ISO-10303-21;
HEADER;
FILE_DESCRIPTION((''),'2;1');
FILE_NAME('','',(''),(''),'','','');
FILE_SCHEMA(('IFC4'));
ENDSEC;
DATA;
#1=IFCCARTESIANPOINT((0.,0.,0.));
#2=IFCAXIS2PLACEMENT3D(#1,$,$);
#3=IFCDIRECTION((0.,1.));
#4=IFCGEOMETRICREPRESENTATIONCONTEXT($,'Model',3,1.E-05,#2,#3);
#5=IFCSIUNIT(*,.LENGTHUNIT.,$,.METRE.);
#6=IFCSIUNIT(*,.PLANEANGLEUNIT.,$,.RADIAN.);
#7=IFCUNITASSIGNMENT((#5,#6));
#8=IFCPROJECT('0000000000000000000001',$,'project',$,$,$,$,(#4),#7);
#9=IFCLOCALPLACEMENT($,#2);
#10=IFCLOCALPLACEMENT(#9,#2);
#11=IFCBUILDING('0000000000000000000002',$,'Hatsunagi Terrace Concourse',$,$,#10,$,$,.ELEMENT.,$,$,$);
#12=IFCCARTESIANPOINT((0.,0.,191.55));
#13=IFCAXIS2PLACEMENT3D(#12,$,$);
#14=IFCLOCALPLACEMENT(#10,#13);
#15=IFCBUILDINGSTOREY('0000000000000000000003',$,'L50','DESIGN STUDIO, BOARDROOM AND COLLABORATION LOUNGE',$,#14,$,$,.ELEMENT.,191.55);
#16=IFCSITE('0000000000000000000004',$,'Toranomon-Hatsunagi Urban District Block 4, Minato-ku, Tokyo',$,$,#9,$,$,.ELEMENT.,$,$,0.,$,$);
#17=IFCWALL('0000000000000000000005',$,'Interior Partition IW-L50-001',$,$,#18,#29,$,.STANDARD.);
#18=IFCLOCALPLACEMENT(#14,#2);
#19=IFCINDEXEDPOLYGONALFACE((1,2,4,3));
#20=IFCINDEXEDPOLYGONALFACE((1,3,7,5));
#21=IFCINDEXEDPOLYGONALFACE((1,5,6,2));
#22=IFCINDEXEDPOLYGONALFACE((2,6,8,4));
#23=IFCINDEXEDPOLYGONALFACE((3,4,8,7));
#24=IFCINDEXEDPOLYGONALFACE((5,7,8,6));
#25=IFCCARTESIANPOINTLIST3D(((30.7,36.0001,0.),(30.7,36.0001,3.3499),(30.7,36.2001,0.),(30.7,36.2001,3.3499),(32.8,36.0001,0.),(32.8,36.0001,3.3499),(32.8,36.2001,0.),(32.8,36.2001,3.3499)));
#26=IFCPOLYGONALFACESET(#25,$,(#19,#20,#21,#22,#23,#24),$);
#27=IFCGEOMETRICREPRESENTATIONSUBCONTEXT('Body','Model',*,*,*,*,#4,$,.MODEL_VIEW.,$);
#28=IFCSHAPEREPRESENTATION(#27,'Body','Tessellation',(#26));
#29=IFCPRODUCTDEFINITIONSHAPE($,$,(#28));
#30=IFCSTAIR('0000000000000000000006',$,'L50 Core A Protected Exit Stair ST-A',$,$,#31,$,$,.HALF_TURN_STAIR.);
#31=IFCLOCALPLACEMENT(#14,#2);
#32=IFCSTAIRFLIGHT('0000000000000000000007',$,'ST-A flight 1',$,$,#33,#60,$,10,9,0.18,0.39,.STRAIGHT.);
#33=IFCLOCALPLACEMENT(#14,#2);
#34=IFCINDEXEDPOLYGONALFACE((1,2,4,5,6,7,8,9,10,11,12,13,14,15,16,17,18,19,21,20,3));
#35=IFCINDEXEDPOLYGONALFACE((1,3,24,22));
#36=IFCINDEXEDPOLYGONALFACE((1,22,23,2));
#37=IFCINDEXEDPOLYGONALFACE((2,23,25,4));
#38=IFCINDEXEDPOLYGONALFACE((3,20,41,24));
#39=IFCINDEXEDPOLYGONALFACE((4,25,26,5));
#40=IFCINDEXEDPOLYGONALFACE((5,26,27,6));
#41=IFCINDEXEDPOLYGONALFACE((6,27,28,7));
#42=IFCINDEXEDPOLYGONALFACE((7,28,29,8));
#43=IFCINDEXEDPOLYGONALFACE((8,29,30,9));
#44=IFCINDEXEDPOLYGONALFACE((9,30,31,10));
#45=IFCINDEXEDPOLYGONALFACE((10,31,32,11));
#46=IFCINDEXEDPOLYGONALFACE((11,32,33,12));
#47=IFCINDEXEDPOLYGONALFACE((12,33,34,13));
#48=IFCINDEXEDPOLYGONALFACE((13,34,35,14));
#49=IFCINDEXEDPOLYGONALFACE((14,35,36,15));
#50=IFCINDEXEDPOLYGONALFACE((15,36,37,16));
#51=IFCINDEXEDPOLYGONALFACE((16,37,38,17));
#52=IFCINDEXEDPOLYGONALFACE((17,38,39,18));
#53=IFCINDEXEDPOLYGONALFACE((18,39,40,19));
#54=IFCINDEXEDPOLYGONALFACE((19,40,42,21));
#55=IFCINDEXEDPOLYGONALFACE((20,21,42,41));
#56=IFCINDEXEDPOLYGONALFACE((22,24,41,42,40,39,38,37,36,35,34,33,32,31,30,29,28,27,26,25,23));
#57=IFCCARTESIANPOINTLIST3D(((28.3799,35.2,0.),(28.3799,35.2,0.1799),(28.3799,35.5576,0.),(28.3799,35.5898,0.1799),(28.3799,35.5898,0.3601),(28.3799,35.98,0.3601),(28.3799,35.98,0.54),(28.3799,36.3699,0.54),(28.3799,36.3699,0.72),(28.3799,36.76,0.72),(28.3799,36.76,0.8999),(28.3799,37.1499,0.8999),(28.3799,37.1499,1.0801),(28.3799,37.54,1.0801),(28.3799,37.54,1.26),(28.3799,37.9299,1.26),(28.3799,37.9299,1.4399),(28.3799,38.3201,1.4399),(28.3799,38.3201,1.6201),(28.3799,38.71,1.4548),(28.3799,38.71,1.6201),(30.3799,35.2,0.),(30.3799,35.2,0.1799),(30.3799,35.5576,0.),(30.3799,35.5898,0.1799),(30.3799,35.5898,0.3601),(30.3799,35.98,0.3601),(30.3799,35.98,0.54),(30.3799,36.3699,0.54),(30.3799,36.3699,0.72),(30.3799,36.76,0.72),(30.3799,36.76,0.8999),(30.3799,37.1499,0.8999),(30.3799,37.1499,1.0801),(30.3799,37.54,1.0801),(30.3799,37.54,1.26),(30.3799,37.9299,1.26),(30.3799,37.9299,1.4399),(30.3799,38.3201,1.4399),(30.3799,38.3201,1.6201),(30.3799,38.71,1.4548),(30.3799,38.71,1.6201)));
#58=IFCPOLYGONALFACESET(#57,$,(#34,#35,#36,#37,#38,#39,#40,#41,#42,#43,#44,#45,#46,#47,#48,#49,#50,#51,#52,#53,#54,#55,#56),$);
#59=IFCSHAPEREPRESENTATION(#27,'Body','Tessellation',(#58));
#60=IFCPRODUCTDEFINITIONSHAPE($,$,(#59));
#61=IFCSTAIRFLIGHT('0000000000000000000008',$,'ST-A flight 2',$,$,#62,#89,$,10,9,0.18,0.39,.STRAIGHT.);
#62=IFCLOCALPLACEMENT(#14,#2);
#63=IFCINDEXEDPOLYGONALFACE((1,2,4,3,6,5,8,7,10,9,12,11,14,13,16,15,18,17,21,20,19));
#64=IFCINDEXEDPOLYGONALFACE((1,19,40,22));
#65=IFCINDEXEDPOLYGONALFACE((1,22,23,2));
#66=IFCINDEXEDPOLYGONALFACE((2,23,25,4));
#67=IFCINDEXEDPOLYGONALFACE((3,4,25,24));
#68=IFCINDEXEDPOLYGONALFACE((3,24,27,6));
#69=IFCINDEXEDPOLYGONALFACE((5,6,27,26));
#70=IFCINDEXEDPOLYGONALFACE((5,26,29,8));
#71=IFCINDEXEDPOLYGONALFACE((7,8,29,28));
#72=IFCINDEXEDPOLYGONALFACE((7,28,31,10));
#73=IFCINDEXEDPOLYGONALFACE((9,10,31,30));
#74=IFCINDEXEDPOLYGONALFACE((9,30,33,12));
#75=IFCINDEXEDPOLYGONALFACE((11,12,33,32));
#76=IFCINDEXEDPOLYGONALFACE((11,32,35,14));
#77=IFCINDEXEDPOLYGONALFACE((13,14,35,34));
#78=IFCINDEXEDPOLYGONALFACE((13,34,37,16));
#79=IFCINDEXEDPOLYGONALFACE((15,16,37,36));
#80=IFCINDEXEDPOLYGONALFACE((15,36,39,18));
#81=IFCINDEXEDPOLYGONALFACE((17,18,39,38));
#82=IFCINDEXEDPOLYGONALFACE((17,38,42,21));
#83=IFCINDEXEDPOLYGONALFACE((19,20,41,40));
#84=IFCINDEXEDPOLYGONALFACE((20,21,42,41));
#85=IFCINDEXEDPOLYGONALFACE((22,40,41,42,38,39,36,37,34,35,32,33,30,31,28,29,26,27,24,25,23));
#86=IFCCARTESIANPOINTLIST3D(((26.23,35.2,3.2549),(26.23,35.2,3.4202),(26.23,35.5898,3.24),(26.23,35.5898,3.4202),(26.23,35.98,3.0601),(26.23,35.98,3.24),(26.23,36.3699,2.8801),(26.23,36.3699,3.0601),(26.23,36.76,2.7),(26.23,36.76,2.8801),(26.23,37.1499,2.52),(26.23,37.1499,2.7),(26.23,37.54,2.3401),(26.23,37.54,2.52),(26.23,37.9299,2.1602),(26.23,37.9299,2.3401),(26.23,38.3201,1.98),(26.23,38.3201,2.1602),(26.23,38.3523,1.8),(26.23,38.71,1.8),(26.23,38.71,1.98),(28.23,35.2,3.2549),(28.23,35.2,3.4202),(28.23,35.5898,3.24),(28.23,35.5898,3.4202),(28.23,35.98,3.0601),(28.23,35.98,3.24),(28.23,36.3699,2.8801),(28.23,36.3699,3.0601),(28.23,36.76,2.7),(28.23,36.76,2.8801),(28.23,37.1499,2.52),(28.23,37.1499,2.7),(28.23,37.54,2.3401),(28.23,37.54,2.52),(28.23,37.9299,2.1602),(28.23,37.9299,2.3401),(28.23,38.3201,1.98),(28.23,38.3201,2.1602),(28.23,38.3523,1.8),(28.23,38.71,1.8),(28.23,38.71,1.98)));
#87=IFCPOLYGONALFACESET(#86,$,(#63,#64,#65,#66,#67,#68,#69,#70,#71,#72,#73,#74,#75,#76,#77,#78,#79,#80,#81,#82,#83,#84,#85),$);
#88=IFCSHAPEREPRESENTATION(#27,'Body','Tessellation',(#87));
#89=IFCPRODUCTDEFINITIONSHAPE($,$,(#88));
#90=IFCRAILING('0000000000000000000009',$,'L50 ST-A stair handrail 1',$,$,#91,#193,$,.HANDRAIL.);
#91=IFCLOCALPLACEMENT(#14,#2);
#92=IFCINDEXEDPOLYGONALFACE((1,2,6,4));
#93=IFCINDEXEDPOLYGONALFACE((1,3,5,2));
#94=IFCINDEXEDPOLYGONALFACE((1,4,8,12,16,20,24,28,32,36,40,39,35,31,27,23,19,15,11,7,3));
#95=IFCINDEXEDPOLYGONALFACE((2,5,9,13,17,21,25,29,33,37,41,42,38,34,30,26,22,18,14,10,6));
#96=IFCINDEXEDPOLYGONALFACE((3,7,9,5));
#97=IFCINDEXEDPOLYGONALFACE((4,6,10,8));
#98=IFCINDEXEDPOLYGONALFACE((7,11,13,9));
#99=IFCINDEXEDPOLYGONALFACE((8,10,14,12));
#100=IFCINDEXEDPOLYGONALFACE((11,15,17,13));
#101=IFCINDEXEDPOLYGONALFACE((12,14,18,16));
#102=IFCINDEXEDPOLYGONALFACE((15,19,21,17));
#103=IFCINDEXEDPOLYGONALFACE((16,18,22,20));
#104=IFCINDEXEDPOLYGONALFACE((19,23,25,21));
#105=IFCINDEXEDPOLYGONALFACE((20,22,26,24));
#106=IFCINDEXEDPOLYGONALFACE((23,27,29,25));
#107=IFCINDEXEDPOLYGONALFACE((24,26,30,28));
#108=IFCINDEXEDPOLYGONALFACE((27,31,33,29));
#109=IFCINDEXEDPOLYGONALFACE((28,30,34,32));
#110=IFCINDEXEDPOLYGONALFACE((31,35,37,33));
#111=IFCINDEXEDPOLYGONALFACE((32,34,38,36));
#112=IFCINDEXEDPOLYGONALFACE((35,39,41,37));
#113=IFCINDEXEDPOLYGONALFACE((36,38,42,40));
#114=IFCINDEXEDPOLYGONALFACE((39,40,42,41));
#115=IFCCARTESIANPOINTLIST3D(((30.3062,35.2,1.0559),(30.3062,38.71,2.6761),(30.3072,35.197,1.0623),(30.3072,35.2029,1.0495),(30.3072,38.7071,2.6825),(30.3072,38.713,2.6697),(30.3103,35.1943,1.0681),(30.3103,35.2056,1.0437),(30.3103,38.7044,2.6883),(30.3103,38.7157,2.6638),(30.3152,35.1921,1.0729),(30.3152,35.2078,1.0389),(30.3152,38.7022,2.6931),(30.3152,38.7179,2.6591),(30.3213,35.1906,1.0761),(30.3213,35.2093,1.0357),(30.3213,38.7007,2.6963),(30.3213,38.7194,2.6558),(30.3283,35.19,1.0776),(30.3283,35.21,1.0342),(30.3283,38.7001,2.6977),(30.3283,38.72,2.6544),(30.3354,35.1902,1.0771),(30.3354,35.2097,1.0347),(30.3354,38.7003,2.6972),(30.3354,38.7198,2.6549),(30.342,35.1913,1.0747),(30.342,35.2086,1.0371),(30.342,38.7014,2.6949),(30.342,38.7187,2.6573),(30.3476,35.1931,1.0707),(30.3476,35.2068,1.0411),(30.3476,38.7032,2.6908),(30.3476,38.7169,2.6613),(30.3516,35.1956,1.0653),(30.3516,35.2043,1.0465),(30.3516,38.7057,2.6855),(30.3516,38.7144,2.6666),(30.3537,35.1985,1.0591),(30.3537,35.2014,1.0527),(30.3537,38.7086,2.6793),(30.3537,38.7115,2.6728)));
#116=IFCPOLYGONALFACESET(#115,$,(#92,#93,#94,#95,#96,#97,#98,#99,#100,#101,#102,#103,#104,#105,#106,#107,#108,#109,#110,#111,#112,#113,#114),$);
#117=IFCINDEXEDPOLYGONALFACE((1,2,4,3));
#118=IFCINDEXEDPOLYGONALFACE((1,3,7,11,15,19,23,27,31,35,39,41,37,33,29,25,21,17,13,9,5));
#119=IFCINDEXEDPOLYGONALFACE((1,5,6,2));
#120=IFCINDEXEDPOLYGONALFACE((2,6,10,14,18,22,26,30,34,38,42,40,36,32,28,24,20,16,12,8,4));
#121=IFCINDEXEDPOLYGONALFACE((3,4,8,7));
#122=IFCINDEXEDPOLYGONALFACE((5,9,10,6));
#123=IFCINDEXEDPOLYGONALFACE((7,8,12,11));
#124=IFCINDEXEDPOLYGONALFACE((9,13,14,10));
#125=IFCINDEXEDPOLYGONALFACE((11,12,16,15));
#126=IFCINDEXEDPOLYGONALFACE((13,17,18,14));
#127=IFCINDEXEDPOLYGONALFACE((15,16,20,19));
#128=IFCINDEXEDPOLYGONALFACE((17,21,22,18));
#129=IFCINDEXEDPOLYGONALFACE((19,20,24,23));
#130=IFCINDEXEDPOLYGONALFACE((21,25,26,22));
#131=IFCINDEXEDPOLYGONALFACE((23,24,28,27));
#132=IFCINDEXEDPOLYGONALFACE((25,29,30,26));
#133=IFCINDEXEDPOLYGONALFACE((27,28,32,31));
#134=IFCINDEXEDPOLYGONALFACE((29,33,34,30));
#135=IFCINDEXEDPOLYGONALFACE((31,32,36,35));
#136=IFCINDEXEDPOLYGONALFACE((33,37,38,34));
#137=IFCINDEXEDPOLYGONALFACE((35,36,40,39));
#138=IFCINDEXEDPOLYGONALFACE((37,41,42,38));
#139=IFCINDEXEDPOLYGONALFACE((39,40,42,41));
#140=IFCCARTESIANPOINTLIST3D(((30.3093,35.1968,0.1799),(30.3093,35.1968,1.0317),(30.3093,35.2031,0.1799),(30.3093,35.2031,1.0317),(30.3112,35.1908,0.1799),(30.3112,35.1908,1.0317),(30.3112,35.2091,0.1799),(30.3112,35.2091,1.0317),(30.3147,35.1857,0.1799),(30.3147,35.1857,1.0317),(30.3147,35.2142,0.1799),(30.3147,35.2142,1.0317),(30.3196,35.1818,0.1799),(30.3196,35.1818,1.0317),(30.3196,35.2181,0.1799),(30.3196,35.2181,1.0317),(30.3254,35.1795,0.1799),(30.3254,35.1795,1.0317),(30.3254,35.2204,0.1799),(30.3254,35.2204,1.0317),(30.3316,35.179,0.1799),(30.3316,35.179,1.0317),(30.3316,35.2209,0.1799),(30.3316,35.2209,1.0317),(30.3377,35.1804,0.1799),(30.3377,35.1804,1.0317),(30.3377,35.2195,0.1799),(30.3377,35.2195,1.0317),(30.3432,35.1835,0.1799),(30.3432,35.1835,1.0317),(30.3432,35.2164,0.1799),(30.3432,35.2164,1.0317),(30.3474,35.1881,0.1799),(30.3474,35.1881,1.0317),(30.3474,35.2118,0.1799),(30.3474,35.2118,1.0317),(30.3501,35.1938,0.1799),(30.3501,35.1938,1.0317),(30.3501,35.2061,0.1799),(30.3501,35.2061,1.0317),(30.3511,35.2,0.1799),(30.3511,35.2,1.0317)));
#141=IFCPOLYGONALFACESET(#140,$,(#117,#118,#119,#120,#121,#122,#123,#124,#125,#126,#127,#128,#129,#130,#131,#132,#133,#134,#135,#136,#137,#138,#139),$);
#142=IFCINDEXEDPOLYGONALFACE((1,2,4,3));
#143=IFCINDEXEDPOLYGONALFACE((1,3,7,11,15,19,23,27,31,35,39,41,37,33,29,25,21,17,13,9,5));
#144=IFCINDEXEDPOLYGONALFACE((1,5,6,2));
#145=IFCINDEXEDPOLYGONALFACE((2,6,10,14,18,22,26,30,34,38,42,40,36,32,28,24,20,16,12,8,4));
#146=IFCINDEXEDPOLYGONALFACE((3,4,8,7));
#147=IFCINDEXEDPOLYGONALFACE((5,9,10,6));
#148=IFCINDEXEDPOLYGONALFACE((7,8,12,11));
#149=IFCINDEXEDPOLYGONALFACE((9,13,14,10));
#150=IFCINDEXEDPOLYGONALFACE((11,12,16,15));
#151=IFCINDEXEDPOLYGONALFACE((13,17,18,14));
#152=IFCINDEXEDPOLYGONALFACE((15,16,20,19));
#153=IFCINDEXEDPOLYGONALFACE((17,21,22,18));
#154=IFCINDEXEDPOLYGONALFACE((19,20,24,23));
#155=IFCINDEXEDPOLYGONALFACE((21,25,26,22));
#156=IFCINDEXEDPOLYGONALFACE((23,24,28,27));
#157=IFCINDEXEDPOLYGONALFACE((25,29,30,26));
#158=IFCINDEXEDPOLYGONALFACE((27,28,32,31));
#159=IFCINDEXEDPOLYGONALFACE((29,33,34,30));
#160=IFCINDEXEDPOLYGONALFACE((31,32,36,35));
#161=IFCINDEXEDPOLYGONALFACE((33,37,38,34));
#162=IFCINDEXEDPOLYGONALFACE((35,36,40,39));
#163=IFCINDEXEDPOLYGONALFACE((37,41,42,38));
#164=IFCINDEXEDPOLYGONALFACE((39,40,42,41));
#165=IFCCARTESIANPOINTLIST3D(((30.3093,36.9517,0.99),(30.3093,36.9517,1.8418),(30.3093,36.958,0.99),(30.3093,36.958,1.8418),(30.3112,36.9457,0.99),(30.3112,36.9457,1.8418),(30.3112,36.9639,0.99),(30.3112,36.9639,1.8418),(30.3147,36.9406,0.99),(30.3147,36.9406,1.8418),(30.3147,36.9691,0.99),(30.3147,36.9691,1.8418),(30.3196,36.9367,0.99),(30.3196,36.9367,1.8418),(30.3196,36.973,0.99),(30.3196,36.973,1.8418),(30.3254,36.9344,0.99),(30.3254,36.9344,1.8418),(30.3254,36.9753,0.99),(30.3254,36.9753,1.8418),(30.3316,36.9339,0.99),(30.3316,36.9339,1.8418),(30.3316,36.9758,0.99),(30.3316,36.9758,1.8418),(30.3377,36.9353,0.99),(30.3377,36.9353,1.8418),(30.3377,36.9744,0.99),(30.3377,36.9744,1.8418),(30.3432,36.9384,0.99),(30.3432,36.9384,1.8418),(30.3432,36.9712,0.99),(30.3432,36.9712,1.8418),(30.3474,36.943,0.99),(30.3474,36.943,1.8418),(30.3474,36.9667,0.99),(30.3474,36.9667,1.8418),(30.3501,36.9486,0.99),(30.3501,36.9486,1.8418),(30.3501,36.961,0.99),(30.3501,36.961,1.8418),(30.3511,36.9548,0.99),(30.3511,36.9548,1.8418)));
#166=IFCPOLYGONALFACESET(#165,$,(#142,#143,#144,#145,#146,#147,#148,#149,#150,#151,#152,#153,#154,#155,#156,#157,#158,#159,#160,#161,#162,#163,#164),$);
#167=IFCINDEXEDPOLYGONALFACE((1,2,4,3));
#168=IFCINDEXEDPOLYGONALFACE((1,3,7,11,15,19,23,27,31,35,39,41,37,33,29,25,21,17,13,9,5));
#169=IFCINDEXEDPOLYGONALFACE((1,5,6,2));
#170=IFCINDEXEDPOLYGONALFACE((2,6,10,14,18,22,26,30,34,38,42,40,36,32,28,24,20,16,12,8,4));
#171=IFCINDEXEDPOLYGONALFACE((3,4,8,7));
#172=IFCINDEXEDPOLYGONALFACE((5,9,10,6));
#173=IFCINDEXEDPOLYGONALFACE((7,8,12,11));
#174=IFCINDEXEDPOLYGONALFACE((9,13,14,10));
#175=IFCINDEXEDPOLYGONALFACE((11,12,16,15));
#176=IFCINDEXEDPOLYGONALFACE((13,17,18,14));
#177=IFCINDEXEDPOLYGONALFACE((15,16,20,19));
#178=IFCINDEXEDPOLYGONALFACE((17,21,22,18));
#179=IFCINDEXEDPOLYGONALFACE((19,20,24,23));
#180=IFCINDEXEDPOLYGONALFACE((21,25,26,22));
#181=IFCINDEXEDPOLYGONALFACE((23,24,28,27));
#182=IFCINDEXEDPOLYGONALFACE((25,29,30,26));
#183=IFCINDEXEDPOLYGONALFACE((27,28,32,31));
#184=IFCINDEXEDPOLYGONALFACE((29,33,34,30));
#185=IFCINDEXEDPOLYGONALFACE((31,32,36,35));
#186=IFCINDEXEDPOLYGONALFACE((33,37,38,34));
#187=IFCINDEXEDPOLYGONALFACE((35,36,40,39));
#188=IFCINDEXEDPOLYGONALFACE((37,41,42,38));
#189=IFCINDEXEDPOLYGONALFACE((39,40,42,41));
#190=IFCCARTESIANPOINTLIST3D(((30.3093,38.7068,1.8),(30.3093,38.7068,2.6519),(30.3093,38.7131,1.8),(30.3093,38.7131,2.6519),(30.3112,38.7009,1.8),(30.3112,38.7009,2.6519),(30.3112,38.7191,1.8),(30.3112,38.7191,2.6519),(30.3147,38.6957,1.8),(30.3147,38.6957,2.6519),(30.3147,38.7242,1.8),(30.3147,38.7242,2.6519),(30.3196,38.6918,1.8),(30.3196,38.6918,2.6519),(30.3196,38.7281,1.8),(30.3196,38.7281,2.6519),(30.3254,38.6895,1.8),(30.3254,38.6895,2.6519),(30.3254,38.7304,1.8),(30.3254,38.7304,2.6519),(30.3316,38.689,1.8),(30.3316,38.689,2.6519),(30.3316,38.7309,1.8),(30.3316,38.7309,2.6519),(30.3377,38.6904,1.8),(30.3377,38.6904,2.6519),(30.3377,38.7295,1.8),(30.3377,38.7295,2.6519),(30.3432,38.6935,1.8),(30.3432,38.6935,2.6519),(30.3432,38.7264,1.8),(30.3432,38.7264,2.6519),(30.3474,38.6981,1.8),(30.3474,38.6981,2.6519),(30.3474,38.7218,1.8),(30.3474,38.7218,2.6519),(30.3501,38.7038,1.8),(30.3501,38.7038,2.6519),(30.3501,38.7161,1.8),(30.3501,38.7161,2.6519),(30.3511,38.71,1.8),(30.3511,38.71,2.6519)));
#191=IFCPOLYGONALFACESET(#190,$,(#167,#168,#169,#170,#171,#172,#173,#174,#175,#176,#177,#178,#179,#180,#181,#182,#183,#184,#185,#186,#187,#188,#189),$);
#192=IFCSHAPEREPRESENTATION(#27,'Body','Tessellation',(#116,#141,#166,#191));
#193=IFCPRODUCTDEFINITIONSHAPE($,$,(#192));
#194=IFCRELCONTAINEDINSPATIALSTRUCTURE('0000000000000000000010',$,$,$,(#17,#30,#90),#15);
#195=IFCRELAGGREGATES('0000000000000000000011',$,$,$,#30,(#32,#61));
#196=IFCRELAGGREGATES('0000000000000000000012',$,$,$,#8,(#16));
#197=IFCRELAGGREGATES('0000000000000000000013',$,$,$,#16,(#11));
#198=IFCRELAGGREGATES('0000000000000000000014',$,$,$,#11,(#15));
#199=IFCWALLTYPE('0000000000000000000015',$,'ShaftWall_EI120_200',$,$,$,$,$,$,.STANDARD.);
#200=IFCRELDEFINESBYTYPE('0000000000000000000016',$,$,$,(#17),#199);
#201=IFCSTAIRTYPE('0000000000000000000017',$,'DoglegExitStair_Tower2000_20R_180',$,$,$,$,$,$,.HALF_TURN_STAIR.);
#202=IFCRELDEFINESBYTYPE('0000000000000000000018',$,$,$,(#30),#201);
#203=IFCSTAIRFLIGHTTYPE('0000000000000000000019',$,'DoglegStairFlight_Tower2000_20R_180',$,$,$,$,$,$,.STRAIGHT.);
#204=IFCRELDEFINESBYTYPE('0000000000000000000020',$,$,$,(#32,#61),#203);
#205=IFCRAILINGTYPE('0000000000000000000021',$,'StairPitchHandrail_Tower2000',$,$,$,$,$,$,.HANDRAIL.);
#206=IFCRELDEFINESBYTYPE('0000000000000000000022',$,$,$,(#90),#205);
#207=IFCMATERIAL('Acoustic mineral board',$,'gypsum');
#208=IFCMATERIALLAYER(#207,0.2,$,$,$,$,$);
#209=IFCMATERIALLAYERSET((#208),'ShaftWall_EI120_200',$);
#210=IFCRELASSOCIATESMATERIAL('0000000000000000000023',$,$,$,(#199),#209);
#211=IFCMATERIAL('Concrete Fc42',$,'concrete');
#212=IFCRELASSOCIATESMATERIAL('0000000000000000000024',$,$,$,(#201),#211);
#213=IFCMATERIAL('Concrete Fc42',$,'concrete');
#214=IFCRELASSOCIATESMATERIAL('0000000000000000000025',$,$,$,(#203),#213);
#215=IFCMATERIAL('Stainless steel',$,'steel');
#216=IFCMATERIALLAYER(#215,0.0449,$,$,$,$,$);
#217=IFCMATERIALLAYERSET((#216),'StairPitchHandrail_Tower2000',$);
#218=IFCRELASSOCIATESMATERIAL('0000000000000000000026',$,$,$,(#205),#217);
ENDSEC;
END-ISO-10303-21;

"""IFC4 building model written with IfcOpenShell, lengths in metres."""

from ifc_helpers import new_model, si_unit, direction, frame, frame_2d, origin, origin_2d, place, context, subcontext, project, spatial, polyline, rectangle, circle, outline, extrude, material, layer, layer_set, type_object, element, aggregate, save


model = new_model("IFC4")

# Units and contexts
model_context = context("Model", 3, precision=1e-05, world=origin(), true_north=direction((0.0, 1.0)))
body_context = subcontext(model_context, "Body", "Model", "MODEL_VIEW")
ifc_project = project(units=[si_unit("LENGTHUNIT", "METRE"), si_unit("PLANEANGLEUNIT", "RADIAN")], contexts=[model_context])

# Site, building, storey
site_placement = place(None, origin())
site = spatial("IfcSite", under=ifc_project, at=site_placement, Name="Toranomon-Hatsunagi Urban District Block 4, Minato-ku, Tokyo", CompositionType="ELEMENT", RefElevation=0.0)
building_placement = place(site_placement, origin())
building = spatial("IfcBuilding", under=site, at=building_placement, Name="Hatsunagi Terrace Concourse", CompositionType="ELEMENT")
storey_placement = place(building_placement, frame((0.0, 0.0, 191.55)))
storey = spatial("IfcBuildingStorey", under=building, at=storey_placement, Name="L50", Description="DESIGN STUDIO, BOARDROOM AND COLLABORATION LOUNGE", CompositionType="ELEMENT", Elevation=191.55)

# Wall
ifc_material_1 = material(Name="Acoustic mineral board", Category="gypsum")
ifc_layer_1 = layer(ifc_material_1, 0.2)
ifc_layer_set_1 = layer_set([ifc_layer_1], Name="ShaftWall_EI120_200")
wall_type_1 = type_object("IfcWallType", Name="ShaftWall_EI120_200", PredefinedType="STANDARD", material=ifc_layer_set_1)
wall_1_placement = place(storey_placement, frame((30.7, 36.1001, 0.0), z_axis=(0.0, 0.0, 1.0), x_axis=(1.0, 0.0, 0.0)))
element("IfcWall", 1, at=wall_1_placement, inside=storey, type_object=wall_type_1, Name="Interior Partition IW-L50-001", PredefinedType="STANDARD", context=body_context, shape_type="SweptSolid", body=[
    extrude(rectangle(XDim=2.1001, YDim=0.2, at=frame_2d((1.05, 0.0))), origin(), (0.0, 0.0, 1.0), 3.3499),
])

# Stair, stair flights
ifc_material_2 = material(Name="Concrete Fc42", Category="concrete")
stair_type = type_object("IfcStairType", Name="DoglegExitStair_Tower2000_20R_180", PredefinedType="HALF_TURN_STAIR", material=ifc_material_2)
stair_placement = place(storey_placement, origin())
stair = element("IfcStair", 2, at=stair_placement, inside=storey, type_object=stair_type, Name="L50 Core A Protected Exit Stair ST-A", PredefinedType="HALF_TURN_STAIR")
ifc_material_3 = material(Name="Concrete Fc42", Category="concrete")
stair_flight_type = type_object("IfcStairFlightType", Name="DoglegStairFlight_Tower2000_20R_180", PredefinedType="STRAIGHT", material=ifc_material_3)
stair_flight_1_placement = place(storey_placement, frame((29.3799, 35.2, 0.0), z_axis=(0.0, 0.0, 1.0), x_axis=(0.0, 1.0, 0.0)))
stair_flight_1 = element("IfcStairFlight", 3, at=stair_flight_1_placement, type_object=stair_flight_type, Name="ST-A flight 1", NumberOfRisers=10, NumberOfTreads=9, PredefinedType="STRAIGHT", RiserHeight=0.18, TreadLength=0.39, context=body_context, shape_type="SweptSolid", body=[
    extrude(outline(polyline([(0.0, 0.0), (0.0, 0.1799), (0.3899, 0.1799), (0.3899, 0.3601), (0.78, 0.3601), (0.78, 0.54), (1.1699, 0.54), (1.1699, 0.72), (1.5601, 0.72), (1.5601, 0.8999), (1.95, 0.8999), (1.95, 1.0801), (2.3401, 1.0801), (2.3401, 1.26), (2.73, 1.26), (2.73, 1.4399), (3.1201, 1.4399), (3.1201, 1.6201), (3.51, 1.6201), (3.51, 1.8), (3.51, 1.4548), (0.3577, 0.0), (0.0, 0.0)])), frame((0.0, 1.0, 0.0), z_axis=(0.0, -1.0, 0.0), x_axis=(1.0, 0.0, 0.0)), (0.0, 0.0, 1.0), 2.0),
])
stair_flight_2_placement = place(storey_placement, frame((27.23, 38.71, 1.8), z_axis=(0.0, 0.0, 1.0), x_axis=(0.0, -1.0, 0.0)))
stair_flight_2 = element("IfcStairFlight", 4, at=stair_flight_2_placement, type_object=stair_flight_type, Name="ST-A flight 2", NumberOfRisers=10, NumberOfTreads=9, PredefinedType="STRAIGHT", RiserHeight=0.18, TreadLength=0.39, context=body_context, shape_type="SweptSolid", body=[
    extrude(outline(polyline([(0.0, 0.0), (0.0, 0.1799), (0.3899, 0.1799), (0.3899, 0.3601), (0.78, 0.3601), (0.78, 0.54), (1.1699, 0.54), (1.1699, 0.72), (1.5601, 0.72), (1.5601, 0.8999), (1.95, 0.8999), (1.95, 1.0801), (2.3401, 1.0801), (2.3401, 1.26), (2.73, 1.26), (2.73, 1.4399), (3.1201, 1.4399), (3.1201, 1.6201), (3.51, 1.6201), (3.51, 1.8), (3.51, 1.4548), (0.3577, 0.0), (0.0, 0.0)])), frame((0.0, 1.0, 0.0), z_axis=(0.0, -1.0, 0.0), x_axis=(1.0, 0.0, 0.0)), (0.0, 0.0, 1.0), 2.0),
])
aggregate(stair, [stair_flight_1, stair_flight_2])

# Railing
ifc_material_4 = material(Name="Stainless steel", Category="steel")
ifc_layer_2 = layer(ifc_material_4, 0.0449)
ifc_layer_set_2 = layer_set([ifc_layer_2], Name="StairPitchHandrail_Tower2000")
railing_type_1 = type_object("IfcRailingType", Name="StairPitchHandrail_Tower2000", PredefinedType="HANDRAIL", material=ifc_layer_set_2)
railing_1_placement = place(storey_placement, frame((30.3301, 35.2, 0.1799)))
element("IfcRailing", 5, at=railing_1_placement, inside=storey, type_object=railing_type_1, Name="L50 ST-A stair handrail 1", PredefinedType="HANDRAIL", context=body_context, shape_type="SweptSolid", body=[
    extrude(circle(Radius=0.0239, at=origin_2d()), frame((0.0, 0.0, 0.876), z_axis=(0.0, 0.907948, 0.419082), x_axis=(-1.0, 0.0, 0.0)), (0.0, 0.0, 1.0), 3.866),
    extrude(circle(Radius=0.021, at=origin_2d()), origin(), (0.0, 0.0, 1.0), 0.8518),
    extrude(circle(Radius=0.021, at=origin_2d()), frame((0.0, 1.7549, 0.8101)), (0.0, 0.0, 1.0), 0.8518),
    extrude(circle(Radius=0.021, at=origin_2d()), frame((0.0, 3.51, 1.6201)), (0.0, 0.0, 1.0), 0.8518),
])

save(model, "model.ifc")
